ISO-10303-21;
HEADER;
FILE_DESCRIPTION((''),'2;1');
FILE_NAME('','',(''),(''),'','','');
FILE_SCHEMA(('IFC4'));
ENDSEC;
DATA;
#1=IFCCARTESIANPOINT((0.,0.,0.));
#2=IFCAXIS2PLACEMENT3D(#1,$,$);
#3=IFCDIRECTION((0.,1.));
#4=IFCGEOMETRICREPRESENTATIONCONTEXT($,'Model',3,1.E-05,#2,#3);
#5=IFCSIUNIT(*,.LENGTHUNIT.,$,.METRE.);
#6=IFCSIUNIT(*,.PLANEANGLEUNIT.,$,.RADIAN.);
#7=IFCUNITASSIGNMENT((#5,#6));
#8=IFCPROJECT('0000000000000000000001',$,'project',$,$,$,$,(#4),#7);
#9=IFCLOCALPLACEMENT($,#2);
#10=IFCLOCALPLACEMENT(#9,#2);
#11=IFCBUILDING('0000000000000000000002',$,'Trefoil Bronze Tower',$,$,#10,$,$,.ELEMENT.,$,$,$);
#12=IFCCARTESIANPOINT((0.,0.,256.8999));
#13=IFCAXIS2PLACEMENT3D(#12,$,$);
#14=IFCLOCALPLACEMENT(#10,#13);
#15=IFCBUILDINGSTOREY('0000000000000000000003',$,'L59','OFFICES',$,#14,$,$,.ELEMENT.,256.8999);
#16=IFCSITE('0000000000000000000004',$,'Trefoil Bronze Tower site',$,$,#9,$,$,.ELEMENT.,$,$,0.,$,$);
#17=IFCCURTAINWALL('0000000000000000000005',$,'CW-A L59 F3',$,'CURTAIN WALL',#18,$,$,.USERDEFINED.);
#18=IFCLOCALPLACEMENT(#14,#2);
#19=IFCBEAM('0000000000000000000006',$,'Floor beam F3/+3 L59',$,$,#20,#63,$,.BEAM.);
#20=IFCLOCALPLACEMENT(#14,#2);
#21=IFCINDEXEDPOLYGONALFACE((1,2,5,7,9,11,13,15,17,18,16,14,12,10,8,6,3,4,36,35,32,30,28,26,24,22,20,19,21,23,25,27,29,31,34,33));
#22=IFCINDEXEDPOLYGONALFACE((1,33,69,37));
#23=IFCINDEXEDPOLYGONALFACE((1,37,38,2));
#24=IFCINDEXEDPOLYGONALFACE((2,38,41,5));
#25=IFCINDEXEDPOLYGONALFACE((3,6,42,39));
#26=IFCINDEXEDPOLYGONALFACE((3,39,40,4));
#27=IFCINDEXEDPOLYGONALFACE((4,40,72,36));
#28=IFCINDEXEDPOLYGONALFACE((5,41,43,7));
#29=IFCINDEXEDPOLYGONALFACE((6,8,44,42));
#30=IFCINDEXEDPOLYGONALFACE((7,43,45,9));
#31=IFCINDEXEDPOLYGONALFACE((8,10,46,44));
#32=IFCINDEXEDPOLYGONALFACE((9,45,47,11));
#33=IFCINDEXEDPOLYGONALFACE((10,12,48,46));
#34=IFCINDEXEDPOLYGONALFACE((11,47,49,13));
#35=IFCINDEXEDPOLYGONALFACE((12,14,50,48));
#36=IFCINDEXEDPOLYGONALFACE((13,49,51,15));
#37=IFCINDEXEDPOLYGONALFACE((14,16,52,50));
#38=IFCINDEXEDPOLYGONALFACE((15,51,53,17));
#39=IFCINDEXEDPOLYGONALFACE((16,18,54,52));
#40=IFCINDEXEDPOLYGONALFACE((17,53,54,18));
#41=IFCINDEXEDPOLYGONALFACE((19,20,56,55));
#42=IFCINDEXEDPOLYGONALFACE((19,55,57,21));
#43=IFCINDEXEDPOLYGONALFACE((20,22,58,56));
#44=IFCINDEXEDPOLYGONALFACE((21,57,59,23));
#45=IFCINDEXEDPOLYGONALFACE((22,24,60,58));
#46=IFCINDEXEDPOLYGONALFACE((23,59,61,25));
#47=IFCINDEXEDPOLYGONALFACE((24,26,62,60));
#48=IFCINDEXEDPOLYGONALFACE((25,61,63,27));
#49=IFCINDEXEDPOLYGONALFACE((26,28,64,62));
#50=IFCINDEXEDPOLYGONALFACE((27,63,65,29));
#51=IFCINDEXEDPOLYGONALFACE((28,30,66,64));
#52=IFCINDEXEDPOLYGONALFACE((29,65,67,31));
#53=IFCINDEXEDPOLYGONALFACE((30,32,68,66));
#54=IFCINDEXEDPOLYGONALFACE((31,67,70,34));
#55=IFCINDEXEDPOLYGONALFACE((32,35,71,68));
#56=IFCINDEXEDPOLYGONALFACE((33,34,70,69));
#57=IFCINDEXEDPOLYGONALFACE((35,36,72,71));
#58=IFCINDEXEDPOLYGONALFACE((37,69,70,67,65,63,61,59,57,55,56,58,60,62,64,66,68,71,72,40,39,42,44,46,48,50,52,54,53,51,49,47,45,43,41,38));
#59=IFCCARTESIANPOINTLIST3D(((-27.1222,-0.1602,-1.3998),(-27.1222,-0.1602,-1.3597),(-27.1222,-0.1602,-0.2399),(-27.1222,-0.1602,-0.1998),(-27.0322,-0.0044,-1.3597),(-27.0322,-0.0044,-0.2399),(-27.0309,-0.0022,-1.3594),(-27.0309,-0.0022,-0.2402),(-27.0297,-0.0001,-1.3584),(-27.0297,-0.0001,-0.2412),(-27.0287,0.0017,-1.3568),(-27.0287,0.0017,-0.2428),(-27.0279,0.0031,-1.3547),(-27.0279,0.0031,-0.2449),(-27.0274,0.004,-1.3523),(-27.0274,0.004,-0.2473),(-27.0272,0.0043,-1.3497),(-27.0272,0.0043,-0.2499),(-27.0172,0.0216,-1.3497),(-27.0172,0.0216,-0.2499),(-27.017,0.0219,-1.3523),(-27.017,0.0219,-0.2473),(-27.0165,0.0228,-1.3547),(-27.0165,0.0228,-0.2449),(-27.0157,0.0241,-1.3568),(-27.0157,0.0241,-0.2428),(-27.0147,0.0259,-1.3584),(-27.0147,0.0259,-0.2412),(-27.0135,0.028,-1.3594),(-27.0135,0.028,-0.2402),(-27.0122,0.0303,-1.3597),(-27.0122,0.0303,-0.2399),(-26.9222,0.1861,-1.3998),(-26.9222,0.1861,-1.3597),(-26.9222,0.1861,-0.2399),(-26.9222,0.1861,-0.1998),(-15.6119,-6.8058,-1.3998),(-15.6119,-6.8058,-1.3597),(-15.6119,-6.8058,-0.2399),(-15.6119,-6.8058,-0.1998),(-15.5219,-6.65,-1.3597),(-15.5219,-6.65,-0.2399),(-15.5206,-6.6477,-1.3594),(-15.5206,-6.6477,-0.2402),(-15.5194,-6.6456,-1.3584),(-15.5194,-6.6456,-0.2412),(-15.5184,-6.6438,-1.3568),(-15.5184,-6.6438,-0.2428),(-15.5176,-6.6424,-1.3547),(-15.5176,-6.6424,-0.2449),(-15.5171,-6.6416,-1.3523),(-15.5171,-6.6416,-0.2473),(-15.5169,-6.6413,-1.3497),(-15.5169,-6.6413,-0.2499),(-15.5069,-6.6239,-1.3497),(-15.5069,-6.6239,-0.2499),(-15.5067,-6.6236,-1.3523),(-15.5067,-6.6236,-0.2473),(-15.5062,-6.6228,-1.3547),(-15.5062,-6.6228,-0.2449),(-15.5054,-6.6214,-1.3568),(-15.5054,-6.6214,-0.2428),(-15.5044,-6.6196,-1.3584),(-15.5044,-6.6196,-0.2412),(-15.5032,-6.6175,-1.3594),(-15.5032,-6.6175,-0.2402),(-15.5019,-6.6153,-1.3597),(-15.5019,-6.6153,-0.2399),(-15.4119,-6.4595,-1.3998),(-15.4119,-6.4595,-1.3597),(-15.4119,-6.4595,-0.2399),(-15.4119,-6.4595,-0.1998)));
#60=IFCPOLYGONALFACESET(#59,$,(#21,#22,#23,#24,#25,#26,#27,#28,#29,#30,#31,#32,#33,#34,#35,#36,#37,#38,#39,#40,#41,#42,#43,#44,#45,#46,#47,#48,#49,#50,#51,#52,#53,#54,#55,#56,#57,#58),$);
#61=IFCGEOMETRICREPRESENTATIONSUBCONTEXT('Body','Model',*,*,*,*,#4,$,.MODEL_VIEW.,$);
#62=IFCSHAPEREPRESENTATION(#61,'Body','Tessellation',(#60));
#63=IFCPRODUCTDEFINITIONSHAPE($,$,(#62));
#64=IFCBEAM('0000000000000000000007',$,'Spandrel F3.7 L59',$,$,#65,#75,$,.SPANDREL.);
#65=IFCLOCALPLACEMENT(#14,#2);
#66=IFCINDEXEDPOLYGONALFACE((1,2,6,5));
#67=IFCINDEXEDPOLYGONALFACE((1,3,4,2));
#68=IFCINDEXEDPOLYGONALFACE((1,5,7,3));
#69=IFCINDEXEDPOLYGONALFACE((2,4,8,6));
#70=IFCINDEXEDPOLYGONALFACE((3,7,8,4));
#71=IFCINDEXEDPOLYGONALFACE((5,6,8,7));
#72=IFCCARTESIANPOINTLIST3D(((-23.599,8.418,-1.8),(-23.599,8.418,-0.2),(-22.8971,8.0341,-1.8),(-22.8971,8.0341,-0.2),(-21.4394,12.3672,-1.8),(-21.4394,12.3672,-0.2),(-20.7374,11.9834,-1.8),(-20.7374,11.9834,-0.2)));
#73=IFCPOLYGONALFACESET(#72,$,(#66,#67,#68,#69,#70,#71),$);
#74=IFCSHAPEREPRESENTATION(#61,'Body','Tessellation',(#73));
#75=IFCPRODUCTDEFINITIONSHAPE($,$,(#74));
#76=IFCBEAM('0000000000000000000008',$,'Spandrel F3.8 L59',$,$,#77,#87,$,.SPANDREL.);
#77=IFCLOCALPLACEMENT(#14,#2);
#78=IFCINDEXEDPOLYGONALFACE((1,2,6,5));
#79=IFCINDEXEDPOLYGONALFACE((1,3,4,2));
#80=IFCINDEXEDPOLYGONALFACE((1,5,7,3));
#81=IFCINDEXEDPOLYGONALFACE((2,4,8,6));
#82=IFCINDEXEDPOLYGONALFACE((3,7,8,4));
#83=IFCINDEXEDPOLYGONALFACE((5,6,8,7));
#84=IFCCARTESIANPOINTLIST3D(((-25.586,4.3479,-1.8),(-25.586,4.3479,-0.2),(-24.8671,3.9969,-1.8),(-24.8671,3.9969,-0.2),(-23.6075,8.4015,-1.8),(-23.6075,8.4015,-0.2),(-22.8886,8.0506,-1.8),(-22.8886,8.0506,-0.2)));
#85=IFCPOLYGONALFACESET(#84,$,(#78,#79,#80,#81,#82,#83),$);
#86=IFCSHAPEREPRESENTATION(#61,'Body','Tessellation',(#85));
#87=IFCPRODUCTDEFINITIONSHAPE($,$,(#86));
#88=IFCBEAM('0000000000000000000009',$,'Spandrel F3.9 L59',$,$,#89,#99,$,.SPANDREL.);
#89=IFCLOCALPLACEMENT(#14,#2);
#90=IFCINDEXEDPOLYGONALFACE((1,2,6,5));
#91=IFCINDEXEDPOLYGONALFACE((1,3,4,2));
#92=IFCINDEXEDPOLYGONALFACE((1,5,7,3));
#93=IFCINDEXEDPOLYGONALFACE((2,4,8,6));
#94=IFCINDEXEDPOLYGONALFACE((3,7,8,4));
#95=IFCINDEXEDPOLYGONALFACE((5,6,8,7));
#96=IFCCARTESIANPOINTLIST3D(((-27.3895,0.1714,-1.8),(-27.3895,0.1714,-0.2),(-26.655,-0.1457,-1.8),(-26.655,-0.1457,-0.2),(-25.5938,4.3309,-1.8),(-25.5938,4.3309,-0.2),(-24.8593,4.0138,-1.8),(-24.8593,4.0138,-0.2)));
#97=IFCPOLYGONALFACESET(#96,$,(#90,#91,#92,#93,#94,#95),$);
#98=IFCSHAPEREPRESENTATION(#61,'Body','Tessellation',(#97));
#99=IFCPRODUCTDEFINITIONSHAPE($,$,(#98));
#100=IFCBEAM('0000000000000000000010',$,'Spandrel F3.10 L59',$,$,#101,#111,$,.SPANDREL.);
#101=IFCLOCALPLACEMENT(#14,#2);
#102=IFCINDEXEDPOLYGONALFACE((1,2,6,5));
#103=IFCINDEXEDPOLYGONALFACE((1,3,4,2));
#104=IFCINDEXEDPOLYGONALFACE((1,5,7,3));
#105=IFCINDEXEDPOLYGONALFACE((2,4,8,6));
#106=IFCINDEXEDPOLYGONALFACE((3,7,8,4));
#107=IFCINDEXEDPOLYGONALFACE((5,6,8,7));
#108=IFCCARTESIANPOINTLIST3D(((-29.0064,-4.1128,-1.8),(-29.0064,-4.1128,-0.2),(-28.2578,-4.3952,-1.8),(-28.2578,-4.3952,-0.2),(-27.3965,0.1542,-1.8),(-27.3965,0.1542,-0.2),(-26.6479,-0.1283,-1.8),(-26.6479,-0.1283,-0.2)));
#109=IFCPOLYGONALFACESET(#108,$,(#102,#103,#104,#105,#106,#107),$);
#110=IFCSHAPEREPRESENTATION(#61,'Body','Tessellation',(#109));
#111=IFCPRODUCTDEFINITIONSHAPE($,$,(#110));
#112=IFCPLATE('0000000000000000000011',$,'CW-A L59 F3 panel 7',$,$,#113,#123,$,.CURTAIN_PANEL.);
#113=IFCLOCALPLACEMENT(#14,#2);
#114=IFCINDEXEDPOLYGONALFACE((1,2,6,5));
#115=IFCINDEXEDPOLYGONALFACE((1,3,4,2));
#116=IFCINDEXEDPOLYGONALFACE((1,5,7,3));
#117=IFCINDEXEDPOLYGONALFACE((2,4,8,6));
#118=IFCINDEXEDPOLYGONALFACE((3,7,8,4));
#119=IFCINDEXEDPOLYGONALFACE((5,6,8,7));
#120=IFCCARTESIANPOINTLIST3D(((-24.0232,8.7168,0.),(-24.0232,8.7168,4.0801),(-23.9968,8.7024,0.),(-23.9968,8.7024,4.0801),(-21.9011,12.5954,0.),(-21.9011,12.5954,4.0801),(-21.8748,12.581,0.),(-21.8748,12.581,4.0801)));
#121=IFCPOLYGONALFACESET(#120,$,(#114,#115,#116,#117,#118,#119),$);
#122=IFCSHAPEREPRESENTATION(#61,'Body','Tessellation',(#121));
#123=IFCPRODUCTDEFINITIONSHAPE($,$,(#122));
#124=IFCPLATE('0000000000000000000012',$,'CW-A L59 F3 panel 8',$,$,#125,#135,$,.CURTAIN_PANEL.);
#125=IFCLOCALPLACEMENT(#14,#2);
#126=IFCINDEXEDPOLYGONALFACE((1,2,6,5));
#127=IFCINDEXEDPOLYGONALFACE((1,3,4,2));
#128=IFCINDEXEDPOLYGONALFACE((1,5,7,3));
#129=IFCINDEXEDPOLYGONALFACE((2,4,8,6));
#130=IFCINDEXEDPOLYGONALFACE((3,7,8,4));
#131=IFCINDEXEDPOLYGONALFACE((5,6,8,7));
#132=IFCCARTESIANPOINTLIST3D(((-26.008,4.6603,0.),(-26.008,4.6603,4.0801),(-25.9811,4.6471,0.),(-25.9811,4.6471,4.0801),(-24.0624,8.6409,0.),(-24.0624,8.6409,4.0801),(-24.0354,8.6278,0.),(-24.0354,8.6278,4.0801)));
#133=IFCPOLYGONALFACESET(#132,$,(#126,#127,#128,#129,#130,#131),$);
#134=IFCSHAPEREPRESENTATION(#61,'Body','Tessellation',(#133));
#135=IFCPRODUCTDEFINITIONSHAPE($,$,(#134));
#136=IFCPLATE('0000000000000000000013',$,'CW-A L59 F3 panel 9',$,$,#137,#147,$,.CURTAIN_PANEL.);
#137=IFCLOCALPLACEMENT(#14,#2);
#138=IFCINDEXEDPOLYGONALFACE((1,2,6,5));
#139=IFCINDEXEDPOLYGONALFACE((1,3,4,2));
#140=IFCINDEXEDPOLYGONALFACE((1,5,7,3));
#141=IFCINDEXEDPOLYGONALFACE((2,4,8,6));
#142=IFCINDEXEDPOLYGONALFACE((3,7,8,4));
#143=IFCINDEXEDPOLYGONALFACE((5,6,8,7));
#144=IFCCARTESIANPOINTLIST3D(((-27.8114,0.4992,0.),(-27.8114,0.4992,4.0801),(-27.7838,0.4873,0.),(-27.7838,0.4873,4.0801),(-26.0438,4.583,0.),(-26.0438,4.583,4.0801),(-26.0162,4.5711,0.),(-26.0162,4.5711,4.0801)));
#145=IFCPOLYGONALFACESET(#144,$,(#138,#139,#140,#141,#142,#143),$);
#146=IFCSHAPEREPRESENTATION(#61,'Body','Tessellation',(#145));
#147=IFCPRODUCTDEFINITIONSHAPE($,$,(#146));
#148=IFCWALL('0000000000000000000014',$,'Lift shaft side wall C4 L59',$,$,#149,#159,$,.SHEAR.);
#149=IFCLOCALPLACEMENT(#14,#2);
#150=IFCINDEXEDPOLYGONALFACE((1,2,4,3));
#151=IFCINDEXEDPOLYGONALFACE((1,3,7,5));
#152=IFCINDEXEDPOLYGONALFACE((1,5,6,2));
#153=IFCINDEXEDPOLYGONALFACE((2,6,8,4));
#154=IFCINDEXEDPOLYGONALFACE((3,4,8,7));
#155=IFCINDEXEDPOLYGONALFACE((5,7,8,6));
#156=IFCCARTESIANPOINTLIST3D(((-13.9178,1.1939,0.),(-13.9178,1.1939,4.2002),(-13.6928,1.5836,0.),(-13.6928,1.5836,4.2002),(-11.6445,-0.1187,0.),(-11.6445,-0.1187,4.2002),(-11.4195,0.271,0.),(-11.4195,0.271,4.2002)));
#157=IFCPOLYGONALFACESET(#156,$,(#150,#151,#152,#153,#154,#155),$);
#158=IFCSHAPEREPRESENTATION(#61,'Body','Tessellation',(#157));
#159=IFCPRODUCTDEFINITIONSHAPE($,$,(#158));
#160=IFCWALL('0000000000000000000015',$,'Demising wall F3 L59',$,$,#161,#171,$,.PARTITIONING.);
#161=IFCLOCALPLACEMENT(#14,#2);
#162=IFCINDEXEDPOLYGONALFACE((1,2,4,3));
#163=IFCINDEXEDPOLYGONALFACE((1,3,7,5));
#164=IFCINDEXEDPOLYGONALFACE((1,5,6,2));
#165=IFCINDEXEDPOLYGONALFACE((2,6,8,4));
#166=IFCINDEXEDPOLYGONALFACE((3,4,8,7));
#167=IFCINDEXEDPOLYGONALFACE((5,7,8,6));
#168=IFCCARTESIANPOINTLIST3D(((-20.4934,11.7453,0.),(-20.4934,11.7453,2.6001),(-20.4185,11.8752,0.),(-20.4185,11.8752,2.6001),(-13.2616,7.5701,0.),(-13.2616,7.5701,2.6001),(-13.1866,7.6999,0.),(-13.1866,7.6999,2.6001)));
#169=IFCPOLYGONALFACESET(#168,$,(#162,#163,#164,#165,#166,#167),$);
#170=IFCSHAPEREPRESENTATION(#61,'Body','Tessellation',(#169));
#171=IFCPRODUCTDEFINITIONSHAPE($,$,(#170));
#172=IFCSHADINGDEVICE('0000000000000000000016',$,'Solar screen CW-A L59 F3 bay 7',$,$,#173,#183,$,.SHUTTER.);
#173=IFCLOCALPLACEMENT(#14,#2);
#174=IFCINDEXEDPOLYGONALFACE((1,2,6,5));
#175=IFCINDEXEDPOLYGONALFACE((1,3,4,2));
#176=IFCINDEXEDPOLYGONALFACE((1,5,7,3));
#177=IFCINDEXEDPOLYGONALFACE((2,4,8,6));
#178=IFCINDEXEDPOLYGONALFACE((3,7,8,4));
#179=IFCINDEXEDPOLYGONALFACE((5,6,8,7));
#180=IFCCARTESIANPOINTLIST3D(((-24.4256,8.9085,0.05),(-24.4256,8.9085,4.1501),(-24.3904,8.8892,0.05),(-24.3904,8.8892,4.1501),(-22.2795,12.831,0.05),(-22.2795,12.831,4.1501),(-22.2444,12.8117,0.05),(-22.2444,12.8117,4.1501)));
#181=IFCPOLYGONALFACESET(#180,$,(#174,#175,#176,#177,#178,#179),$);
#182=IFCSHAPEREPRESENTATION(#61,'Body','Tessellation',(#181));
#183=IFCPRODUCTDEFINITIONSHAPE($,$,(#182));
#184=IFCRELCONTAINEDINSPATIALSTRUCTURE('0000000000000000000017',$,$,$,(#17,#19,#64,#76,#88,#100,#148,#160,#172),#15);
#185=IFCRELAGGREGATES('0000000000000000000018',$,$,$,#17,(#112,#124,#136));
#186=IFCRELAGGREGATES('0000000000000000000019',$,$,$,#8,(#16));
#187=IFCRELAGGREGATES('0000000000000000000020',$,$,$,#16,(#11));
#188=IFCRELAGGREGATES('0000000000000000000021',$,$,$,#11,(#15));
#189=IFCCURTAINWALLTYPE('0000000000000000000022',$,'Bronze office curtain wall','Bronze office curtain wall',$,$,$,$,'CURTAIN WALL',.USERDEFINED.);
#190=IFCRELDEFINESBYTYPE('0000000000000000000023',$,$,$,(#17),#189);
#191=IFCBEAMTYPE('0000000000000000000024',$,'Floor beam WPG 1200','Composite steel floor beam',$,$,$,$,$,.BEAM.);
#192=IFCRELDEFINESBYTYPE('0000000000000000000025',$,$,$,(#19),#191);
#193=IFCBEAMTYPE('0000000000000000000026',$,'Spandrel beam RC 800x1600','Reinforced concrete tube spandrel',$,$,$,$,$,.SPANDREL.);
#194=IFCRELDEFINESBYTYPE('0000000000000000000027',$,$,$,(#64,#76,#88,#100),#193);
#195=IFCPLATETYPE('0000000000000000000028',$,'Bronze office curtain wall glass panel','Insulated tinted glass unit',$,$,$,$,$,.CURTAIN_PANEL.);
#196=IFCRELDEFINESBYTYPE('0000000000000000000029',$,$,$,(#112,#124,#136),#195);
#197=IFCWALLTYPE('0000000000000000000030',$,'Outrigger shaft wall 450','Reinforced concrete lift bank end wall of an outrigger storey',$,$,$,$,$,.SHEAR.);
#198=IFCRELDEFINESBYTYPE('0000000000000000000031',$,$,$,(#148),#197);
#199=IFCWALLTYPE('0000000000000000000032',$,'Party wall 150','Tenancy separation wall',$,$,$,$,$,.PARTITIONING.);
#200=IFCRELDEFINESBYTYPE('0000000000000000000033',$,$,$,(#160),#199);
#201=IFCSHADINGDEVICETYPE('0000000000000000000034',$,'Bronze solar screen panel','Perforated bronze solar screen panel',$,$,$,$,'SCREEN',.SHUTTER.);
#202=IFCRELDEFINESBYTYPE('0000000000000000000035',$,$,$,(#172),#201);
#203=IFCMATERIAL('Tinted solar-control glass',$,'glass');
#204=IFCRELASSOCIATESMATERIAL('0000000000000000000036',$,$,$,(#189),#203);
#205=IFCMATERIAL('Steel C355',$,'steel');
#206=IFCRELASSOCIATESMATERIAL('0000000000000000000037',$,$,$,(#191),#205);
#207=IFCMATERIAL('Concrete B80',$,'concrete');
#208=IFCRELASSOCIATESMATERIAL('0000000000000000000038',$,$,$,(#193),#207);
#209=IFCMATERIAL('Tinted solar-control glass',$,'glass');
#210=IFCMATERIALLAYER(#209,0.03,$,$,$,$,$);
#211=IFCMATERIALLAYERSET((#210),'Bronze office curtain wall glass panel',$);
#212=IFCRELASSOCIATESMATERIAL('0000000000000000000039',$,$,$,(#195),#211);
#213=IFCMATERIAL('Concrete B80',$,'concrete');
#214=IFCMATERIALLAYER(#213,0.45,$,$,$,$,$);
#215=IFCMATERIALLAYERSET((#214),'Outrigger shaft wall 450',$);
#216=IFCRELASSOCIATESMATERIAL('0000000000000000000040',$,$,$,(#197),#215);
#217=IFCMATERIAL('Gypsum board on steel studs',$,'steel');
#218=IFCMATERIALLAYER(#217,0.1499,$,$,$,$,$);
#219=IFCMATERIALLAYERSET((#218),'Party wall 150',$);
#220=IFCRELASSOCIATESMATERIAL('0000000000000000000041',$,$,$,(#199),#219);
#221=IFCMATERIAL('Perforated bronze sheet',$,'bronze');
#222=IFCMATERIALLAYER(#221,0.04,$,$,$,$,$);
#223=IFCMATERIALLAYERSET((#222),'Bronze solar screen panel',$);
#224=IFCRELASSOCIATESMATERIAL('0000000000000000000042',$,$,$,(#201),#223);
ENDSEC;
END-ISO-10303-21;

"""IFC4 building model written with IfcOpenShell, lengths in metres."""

from ifc_helpers import new_model, si_unit, direction, frame, frame_2d, origin, origin_2d, place, context, subcontext, project, spatial, rectangle, i_section, extrude, material, layer, layer_set, material_profile, profile_set, type_object, element, aggregate, save


model = new_model("IFC4")

# Units and contexts
model_context = context("Model", 3, precision=1e-05, world=origin(), true_north=direction((0.0, 1.0)))
body_context = subcontext(model_context, "Body", "Model", "MODEL_VIEW")
ifc_project = project(units=[si_unit("LENGTHUNIT", "METRE"), si_unit("PLANEANGLEUNIT", "RADIAN")], contexts=[model_context])

# Site, building, storey
site_placement = place(None, origin())
site = spatial("IfcSite", under=ifc_project, at=site_placement, Name="Trefoil Bronze Tower site", CompositionType="ELEMENT", RefElevation=0.0)
building_placement = place(site_placement, origin())
building = spatial("IfcBuilding", under=site, at=building_placement, Name="Trefoil Bronze Tower", CompositionType="ELEMENT")
storey_placement = place(building_placement, frame((0.0, 0.0, 256.8999)))
storey = spatial("IfcBuildingStorey", under=building, at=storey_placement, Name="L59", Description="OFFICES", CompositionType="ELEMENT", Elevation=256.8999)

# Curtain wall
ifc_material_1 = material(Name="Tinted solar-control glass", Category="glass")
curtain_wall_type = type_object("IfcCurtainWallType", Name="Bronze office curtain wall", Description="Bronze office curtain wall", ElementType="CURTAIN WALL", PredefinedType="USERDEFINED", material=ifc_material_1)
curtain_wall_placement = place(storey_placement, origin())
curtain_wall = element("IfcCurtainWall", 1, at=curtain_wall_placement, inside=storey, type_object=curtain_wall_type, Name="CW-A L59 F3", ObjectType="CURTAIN WALL", PredefinedType="USERDEFINED")

# Beams
ifc_material_2 = material(Name="Steel C355", Category="steel")
ifc_material_profile_1 = material_profile(ifc_material_2, i_section(OverallWidth=0.3999, OverallDepth=1.2, WebThickness=0.02, FlangeThickness=0.04, FilletRadius=0.01, at=origin_2d()), Name="WPG 1200")
ifc_profile_set_1 = profile_set([ifc_material_profile_1], Name="Steel C355")
beam_type_1 = type_object("IfcBeamType", Name="Floor beam WPG 1200", Description="Composite steel floor beam", PredefinedType="BEAM", material=ifc_profile_set_1)
beam_1_placement = place(storey_placement, frame((-27.0222, 0.0129, -0.7998), z_axis=(0.866023, -0.500003, 0.0), x_axis=(0.500003, 0.866023, 0.0)))
element("IfcBeam", 2, at=beam_1_placement, inside=storey, type_object=beam_type_1, Name="Floor beam F3/+3 L59", PredefinedType="BEAM", context=body_context, shape_type="SweptSolid", body=[
    extrude(i_section(OverallWidth=0.3999, OverallDepth=1.2, WebThickness=0.02, FlangeThickness=0.04, FilletRadius=0.01, at=origin_2d()), origin(), (0.0, 0.0, 1.0), 13.291),
])
ifc_material_3 = material(Name="Concrete B80", Category="concrete")
ifc_material_profile_2 = material_profile(ifc_material_3, rectangle(XDim=0.8, YDim=1.6001, at=origin_2d()), Name="RC 800x1600")
ifc_profile_set_2 = profile_set([ifc_material_profile_2], Name="Concrete B80")
beam_type_2 = type_object("IfcBeamType", Name="Spandrel beam RC 800x1600", Description="Reinforced concrete tube spandrel", PredefinedType="SPANDREL", material=ifc_profile_set_2)
beam_2_placement = place(storey_placement, frame((-21.0884, 12.1753, -1.0), z_axis=(-0.479802, -0.877377, 0.0), x_axis=(0.877377, -0.479802, 0.0)))
element("IfcBeam", 3, at=beam_2_placement, inside=storey, type_object=beam_type_2, Name="Spandrel F3.7 L59", PredefinedType="SPANDREL", context=body_context, shape_type="SweptSolid", body=[
    extrude(rectangle(XDim=0.8, YDim=1.6001, at=origin_2d()), origin(), (0.0, 0.0, 1.0), 4.5012),
])
beam_3_placement = place(storey_placement, frame((-23.248, 8.2261, -1.0), z_axis=(-0.43862, -0.898673, 0.0), x_axis=(0.898673, -0.43862, 0.0)))
element("IfcBeam", 4, at=beam_3_placement, inside=storey, type_object=beam_type_2, Name="Spandrel F3.8 L59", PredefinedType="SPANDREL", context=body_context, shape_type="SweptSolid", body=[
    extrude(rectangle(XDim=0.8, YDim=1.6001, at=origin_2d()), origin(), (0.0, 0.0, 1.0), 4.5107),
])
beam_4_placement = place(storey_placement, frame((-25.2266, 4.1724, -1.0), z_axis=(-0.39635, -0.918099, 0.0), x_axis=(0.918099, -0.39635, 0.0)))
element("IfcBeam", 5, at=beam_4_placement, inside=storey, type_object=beam_type_2, Name="Spandrel F3.9 L59", PredefinedType="SPANDREL", context=body_context, shape_type="SweptSolid", body=[
    extrude(rectangle(XDim=0.8, YDim=1.6001, at=origin_2d()), origin(), (0.0, 0.0, 1.0), 4.5305),
])
beam_5_placement = place(storey_placement, frame((-27.0222, 0.0129, -1.0), z_axis=(-0.353006, -0.935621, 0.0), x_axis=(0.935621, -0.353006, 0.0)))
element("IfcBeam", 6, at=beam_5_placement, inside=storey, type_object=beam_type_2, Name="Spandrel F3.10 L59", PredefinedType="SPANDREL", context=body_context, shape_type="SweptSolid", body=[
    extrude(rectangle(XDim=0.8, YDim=1.6001, at=origin_2d()), origin(), (0.0, 0.0, 1.0), 4.5605),
])

# Plates
ifc_material_4 = material(Name="Tinted solar-control glass", Category="glass")
ifc_layer_1 = layer(ifc_material_4, 0.03)
ifc_layer_set_1 = layer_set([ifc_layer_1], Name="Bronze office curtain wall glass panel")
plate_type = type_object("IfcPlateType", Name="Bronze office curtain wall glass panel", Description="Insulated tinted glass unit", PredefinedType="CURTAIN_PANEL", material=ifc_layer_set_1)
plate_1_placement = place(storey_placement, frame((-22.949, 10.6489, 0.0), z_axis=(0.0, 0.0, 1.0), x_axis=(-0.479974, -0.877283, 0.0)))
plate_1 = element("IfcPlate", 7, at=plate_1_placement, type_object=plate_type, Name="CW-A L59 F3 panel 7", PredefinedType="CURTAIN_PANEL", context=body_context, shape_type="SweptSolid", body=[
    extrude(rectangle(XDim=4.4211, YDim=0.03, at=origin_2d()), origin(), (0.0, 0.0, 1.0), 4.0801),
])
plate_2_placement = place(storey_placement, frame((-25.0217, 6.644, 0.0), z_axis=(0.0, 0.0, 1.0), x_axis=(-0.439129, -0.898424, 0.0)))
plate_2 = element("IfcPlate", 8, at=plate_2_placement, type_object=plate_type, Name="CW-A L59 F3 panel 8", PredefinedType="CURTAIN_PANEL", context=body_context, shape_type="SweptSolid", body=[
    extrude(rectangle(XDim=4.4307, YDim=0.03, at=origin_2d()), origin(), (0.0, 0.0, 1.0), 4.0801),
])
plate_3_placement = place(storey_placement, frame((-26.9138, 2.5352, 0.0), z_axis=(0.0, 0.0, 1.0), x_axis=(-0.39722, -0.917723, 0.0)))
plate_3 = element("IfcPlate", 9, at=plate_3_placement, type_object=plate_type, Name="CW-A L59 F3 panel 9", PredefinedType="CURTAIN_PANEL", context=body_context, shape_type="SweptSolid", body=[
    extrude(rectangle(XDim=4.45, YDim=0.03, at=origin_2d()), origin(), (0.0, 0.0, 1.0), 4.0801),
])
aggregate(curtain_wall, [plate_1, plate_2, plate_3])

# Walls
ifc_material_5 = material(Name="Concrete B80", Category="concrete")
ifc_layer_2 = layer(ifc_material_5, 0.45)
ifc_layer_set_2 = layer_set([ifc_layer_2], Name="Outrigger shaft wall 450")
wall_type_1 = type_object("IfcWallType", Name="Outrigger shaft wall 450", Description="Reinforced concrete lift bank end wall of an outrigger storey", PredefinedType="SHEAR", material=ifc_layer_set_2)
wall_1_placement = place(storey_placement, frame((-11.532, 0.0762, 0.0), z_axis=(0.0, 0.0, 1.0), x_axis=(-0.866014, 0.50002, 0.0)))
element("IfcWall", 10, at=wall_1_placement, inside=storey, type_object=wall_type_1, Name="Lift shaft side wall C4 L59", PredefinedType="SHEAR", context=body_context, shape_type="SweptSolid", body=[
    extrude(rectangle(XDim=2.625, YDim=0.45, at=frame_2d((1.3125, 0.0))), origin(), (0.0, 0.0, 1.0), 4.2002),
])
ifc_material_6 = material(Name="Gypsum board on steel studs", Category="steel")
ifc_layer_3 = layer(ifc_material_6, 0.1499)
ifc_layer_set_3 = layer_set([ifc_layer_3], Name="Party wall 150")
wall_type_2 = type_object("IfcWallType", Name="Party wall 150", Description="Tenancy separation wall", PredefinedType="PARTITIONING", material=ifc_layer_set_3)
wall_2_placement = place(storey_placement, frame((-13.2241, 7.635, 0.0), z_axis=(0.0, 0.0, 1.0), x_axis=(-0.866029, 0.499994, 0.0)))
element("IfcWall", 11, at=wall_2_placement, inside=storey, type_object=wall_type_2, Name="Demising wall F3 L59", PredefinedType="PARTITIONING", context=body_context, shape_type="SweptSolid", body=[
    extrude(rectangle(XDim=8.3506, YDim=0.1499, at=frame_2d((4.1753, 0.0))), origin(), (0.0, 0.0, 1.0), 2.6001),
])

# Shading device
ifc_material_7 = material(Name="Perforated bronze sheet", Category="bronze")
ifc_layer_4 = layer(ifc_material_7, 0.04)
ifc_layer_set_4 = layer_set([ifc_layer_4], Name="Bronze solar screen panel")
shading_device_type = type_object("IfcShadingDeviceType", Name="Bronze solar screen panel", Description="Perforated bronze solar screen panel", ElementType="SCREEN", PredefinedType="SHUTTER", material=ifc_layer_set_4)
shading_device_1_placement = place(storey_placement, frame((-23.335, 10.8601, 0.05), z_axis=(0.0, 0.0, 1.0), x_axis=(-0.479974, -0.877283, 0.0)))
element("IfcShadingDevice", 12, at=shading_device_1_placement, inside=storey, type_object=shading_device_type, Name="Solar screen CW-A L59 F3 bay 7", PredefinedType="SHUTTER", context=body_context, shape_type="SweptSolid", body=[
    extrude(rectangle(XDim=4.4712, YDim=0.04, at=origin_2d()), origin(), (0.0, 0.0, 1.0), 4.1001),
])

save(model, "model.ifc")
